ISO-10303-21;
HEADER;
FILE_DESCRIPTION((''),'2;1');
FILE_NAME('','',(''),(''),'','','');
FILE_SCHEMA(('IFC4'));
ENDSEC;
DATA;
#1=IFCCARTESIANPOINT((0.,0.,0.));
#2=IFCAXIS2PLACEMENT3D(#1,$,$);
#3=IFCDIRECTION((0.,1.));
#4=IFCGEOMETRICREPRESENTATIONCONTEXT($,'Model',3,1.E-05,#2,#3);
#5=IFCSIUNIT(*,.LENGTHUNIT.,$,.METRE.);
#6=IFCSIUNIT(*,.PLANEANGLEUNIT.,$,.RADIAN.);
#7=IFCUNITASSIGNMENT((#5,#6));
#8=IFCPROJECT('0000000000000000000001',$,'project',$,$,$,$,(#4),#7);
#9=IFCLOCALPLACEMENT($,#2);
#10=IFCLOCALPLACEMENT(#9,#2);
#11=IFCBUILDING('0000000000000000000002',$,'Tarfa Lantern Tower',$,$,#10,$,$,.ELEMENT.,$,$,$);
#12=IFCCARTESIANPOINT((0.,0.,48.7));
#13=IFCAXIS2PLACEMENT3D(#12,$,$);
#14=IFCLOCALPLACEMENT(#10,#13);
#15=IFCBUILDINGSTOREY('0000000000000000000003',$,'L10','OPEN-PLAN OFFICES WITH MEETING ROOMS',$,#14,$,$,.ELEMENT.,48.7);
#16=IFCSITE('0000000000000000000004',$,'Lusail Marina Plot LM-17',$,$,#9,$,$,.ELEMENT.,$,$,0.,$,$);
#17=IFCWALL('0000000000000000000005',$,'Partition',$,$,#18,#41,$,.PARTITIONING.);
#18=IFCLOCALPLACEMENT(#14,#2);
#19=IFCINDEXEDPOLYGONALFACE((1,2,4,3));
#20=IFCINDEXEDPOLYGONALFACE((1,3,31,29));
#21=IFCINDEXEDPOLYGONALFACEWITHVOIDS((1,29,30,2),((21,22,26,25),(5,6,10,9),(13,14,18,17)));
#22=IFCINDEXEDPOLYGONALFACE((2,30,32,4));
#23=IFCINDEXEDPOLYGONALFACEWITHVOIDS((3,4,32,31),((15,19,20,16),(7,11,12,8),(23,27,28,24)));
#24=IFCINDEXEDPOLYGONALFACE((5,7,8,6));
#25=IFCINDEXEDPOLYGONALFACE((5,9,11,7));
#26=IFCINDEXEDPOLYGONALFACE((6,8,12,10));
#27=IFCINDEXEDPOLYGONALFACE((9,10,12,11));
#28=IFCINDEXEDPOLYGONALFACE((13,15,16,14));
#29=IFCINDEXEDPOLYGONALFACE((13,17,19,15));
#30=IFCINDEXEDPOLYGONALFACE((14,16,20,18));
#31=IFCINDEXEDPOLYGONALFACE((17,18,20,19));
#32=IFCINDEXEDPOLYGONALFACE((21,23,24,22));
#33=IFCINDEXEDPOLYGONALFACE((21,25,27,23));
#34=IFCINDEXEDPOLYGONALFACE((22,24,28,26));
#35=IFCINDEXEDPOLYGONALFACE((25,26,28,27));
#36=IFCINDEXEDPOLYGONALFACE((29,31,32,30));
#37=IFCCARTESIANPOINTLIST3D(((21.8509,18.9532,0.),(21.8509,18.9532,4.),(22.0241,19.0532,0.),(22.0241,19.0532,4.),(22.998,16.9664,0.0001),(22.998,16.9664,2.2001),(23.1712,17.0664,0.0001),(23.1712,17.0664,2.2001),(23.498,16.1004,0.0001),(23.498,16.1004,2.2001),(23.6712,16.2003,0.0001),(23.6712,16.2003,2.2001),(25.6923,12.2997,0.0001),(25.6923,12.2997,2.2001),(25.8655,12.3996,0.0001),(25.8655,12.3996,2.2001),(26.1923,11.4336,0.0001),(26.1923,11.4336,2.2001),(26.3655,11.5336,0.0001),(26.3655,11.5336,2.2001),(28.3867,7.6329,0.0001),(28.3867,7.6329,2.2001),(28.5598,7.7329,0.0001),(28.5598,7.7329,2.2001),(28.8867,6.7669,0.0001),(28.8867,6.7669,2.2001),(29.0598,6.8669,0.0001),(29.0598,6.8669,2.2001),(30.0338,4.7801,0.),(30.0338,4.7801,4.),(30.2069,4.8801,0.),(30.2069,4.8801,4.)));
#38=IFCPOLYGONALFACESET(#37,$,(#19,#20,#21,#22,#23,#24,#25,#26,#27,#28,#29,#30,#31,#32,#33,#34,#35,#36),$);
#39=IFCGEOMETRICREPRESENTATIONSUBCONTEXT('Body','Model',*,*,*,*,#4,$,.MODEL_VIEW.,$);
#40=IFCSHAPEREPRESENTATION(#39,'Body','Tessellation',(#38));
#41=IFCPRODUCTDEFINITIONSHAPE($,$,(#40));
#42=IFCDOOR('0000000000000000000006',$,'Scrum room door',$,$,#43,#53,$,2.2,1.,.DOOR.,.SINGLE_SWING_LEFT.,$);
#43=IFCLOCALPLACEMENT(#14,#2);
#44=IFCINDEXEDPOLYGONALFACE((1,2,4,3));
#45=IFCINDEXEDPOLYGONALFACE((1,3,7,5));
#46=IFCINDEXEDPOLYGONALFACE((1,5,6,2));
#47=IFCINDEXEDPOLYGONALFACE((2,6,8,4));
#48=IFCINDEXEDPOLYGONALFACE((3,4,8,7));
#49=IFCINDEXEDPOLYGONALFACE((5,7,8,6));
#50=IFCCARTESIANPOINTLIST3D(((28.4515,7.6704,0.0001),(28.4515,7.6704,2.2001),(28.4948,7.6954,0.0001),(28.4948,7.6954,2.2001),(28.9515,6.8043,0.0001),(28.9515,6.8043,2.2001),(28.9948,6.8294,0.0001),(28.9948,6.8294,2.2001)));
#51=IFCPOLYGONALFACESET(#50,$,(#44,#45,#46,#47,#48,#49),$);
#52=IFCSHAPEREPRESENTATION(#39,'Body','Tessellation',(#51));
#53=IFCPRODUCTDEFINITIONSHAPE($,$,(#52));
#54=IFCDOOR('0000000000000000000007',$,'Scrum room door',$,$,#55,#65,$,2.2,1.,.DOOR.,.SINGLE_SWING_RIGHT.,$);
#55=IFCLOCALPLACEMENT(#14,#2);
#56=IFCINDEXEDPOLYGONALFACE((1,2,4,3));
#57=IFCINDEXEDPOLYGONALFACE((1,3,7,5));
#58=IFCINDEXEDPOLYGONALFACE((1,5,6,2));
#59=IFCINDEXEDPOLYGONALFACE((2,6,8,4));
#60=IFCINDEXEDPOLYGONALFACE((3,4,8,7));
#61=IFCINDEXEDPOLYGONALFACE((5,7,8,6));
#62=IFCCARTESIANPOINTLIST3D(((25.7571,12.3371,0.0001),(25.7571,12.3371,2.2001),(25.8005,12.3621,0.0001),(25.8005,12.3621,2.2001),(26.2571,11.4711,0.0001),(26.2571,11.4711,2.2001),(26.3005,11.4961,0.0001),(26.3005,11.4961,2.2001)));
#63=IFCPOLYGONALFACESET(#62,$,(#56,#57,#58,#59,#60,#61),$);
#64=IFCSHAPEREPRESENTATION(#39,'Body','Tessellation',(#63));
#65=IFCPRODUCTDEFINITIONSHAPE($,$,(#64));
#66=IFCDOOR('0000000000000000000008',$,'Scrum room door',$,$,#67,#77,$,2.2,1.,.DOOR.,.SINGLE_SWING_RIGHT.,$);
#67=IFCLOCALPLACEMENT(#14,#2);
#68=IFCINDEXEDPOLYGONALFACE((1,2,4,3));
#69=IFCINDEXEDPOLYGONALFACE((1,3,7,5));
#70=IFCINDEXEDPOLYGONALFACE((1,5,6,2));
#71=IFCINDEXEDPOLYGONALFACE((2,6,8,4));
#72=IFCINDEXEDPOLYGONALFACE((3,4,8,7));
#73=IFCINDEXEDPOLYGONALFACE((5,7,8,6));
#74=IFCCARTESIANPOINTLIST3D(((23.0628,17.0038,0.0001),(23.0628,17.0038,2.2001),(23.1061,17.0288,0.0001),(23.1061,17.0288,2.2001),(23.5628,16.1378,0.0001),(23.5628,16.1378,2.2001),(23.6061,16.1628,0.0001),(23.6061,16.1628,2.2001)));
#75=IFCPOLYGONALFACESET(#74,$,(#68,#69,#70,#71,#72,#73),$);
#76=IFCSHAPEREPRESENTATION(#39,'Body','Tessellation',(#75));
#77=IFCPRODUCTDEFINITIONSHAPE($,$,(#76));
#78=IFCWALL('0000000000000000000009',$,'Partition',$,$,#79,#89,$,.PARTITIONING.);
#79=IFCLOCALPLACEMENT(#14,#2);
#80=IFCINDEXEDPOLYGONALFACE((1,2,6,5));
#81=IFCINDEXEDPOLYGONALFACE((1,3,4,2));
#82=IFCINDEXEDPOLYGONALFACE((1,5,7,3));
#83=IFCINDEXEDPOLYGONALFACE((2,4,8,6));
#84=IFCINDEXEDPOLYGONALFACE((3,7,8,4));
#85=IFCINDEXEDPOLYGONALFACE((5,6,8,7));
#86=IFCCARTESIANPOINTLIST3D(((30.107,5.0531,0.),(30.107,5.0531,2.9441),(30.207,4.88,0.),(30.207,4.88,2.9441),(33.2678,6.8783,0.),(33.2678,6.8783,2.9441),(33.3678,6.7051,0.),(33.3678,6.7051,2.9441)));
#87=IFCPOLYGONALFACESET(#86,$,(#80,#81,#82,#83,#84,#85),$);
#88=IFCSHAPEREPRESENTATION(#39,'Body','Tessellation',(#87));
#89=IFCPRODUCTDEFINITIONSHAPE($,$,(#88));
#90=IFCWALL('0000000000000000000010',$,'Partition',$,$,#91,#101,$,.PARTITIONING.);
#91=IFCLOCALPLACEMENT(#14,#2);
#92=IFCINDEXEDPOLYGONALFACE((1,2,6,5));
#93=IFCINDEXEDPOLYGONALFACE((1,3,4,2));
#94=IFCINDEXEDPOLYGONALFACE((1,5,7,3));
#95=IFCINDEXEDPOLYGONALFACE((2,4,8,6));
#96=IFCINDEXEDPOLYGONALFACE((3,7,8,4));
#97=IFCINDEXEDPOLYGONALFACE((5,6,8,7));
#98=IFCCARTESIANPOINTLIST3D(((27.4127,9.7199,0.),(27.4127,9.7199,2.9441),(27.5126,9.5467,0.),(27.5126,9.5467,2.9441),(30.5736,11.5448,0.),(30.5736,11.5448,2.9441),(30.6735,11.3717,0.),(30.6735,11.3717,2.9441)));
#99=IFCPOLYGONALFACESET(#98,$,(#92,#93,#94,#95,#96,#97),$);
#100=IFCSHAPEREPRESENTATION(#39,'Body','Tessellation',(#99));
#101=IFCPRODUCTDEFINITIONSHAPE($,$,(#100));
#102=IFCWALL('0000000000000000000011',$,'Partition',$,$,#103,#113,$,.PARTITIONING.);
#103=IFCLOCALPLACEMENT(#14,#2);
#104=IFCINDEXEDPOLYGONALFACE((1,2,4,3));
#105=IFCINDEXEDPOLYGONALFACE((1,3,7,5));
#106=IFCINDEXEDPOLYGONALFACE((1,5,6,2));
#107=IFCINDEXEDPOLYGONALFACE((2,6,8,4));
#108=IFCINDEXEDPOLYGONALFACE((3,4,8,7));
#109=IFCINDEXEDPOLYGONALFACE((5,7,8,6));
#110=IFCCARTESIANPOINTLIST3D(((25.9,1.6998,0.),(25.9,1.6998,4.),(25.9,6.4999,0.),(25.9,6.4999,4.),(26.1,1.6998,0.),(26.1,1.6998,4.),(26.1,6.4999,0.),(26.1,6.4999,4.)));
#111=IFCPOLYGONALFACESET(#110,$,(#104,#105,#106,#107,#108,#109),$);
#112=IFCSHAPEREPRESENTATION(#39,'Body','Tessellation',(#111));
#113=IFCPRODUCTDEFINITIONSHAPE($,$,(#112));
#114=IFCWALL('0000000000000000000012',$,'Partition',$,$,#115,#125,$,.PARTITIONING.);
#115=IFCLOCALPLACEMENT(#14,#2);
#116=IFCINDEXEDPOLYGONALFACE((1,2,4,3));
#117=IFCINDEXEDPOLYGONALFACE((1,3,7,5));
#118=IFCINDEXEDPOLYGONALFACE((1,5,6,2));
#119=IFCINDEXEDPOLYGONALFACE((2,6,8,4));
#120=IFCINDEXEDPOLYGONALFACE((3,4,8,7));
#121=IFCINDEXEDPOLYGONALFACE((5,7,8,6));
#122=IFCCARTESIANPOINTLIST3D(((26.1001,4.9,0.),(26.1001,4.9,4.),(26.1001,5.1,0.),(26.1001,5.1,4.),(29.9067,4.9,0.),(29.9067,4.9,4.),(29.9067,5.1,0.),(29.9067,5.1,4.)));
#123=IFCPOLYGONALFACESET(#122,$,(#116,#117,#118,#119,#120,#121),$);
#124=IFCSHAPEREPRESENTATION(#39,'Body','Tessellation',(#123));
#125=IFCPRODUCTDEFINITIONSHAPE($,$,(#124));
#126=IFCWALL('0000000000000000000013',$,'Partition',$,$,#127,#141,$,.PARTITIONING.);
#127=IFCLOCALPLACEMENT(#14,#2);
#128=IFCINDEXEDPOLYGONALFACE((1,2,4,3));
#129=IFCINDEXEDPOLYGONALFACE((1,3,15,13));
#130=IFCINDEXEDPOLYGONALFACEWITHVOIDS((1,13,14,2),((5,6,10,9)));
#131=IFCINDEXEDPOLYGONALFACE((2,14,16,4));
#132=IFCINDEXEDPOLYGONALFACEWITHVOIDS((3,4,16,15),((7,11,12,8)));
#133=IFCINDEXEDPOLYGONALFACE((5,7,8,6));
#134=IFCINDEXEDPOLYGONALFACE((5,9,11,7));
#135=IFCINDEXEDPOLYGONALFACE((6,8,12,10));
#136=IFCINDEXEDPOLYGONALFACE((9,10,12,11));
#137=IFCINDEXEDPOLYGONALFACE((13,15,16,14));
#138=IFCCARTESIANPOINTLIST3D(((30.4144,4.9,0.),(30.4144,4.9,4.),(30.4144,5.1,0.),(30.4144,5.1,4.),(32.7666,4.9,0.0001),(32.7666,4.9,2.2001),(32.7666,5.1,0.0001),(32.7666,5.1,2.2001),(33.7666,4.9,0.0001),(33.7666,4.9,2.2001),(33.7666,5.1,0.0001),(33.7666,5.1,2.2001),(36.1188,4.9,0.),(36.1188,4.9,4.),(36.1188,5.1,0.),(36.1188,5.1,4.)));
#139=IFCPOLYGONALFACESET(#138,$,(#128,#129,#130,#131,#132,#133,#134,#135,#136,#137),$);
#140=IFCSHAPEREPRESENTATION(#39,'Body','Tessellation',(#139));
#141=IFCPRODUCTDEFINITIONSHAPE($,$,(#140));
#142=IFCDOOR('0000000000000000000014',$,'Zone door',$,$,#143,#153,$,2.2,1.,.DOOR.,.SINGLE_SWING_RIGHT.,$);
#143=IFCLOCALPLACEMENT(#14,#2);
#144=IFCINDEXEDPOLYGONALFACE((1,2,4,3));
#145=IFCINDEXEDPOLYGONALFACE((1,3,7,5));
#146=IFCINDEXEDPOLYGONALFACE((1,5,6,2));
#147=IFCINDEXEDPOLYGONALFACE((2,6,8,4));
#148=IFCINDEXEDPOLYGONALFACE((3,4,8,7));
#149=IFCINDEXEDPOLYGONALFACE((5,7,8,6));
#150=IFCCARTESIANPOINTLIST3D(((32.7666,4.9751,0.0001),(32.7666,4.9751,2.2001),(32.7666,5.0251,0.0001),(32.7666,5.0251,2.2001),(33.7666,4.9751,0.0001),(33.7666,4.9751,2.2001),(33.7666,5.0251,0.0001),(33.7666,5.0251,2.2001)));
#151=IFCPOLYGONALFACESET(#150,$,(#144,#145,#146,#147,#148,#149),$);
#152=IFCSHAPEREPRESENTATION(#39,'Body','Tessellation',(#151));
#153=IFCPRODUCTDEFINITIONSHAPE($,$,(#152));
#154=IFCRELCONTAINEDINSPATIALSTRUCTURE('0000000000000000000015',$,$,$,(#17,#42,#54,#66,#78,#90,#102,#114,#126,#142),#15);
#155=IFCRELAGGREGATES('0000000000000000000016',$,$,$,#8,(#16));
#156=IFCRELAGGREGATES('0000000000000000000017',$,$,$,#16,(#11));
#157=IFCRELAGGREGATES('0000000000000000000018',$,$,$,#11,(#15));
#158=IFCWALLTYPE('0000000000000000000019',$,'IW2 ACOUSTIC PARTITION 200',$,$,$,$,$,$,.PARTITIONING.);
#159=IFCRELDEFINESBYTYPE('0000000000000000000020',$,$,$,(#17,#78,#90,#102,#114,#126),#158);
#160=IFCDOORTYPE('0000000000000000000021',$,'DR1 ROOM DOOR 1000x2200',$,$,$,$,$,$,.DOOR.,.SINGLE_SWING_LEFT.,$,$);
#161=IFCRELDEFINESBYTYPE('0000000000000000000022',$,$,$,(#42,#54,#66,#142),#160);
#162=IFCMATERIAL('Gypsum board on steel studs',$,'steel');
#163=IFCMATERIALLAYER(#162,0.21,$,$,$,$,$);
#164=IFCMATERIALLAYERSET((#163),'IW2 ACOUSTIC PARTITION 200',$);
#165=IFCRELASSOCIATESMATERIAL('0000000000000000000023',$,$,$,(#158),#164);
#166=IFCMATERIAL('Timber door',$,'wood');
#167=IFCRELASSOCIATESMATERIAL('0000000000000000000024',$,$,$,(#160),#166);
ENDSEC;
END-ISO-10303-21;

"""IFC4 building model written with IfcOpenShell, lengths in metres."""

from ifc_helpers import new_model, si_unit, direction, frame, frame_2d, origin, place, context, subcontext, project, spatial, rectangle, extrude, material, layer, layer_set, type_object, element, fill, save


model = new_model("IFC4")

# Units and contexts
model_context = context("Model", 3, precision=1e-05, world=origin(), true_north=direction((0.0, 1.0)))
body_context = subcontext(model_context, "Body", "Model", "MODEL_VIEW")
ifc_project = project(units=[si_unit("LENGTHUNIT", "METRE"), si_unit("PLANEANGLEUNIT", "RADIAN")], contexts=[model_context])

# Site, building, storey
site_placement = place(None, origin())
site = spatial("IfcSite", under=ifc_project, at=site_placement, Name="Lusail Marina Plot LM-17", CompositionType="ELEMENT", RefElevation=0.0)
building_placement = place(site_placement, origin())
building = spatial("IfcBuilding", under=site, at=building_placement, Name="Tarfa Lantern Tower", CompositionType="ELEMENT")
storey_placement = place(building_placement, frame((0.0, 0.0, 48.7)))
storey = spatial("IfcBuildingStorey", under=building, at=storey_placement, Name="L10", Description="OPEN-PLAN OFFICES WITH MEETING ROOMS", CompositionType="ELEMENT", Elevation=48.7)

# Wall, openings, doors
ifc_material_1 = material(Name="Gypsum board on steel studs", Category="steel")
ifc_layer_1 = layer(ifc_material_1, 0.21)
ifc_layer_set_1 = layer_set([ifc_layer_1], Name="IW2 ACOUSTIC PARTITION 200")
wall_type = type_object("IfcWallType", Name="IW2 ACOUSTIC PARTITION 200", PredefinedType="PARTITIONING", material=ifc_layer_set_1)
wall_1_placement = place(storey_placement, frame((30.1204, 4.8301, 0.0), z_axis=(0.0, 0.0, 1.0), x_axis=(-0.500001, 0.866025, 0.0)))
wall_1 = element("IfcWall", 1, at=wall_1_placement, inside=storey, type_object=wall_type, Name="Partition", PredefinedType="PARTITIONING", context=body_context, shape_type="SweptSolid", body=[
    extrude(rectangle(XDim=16.3657, YDim=0.2, at=frame_2d((8.1829, 0.0))), origin(), (0.0, 0.0, 1.0), 4.0),
])
opening_1_placement = place(wall_1_placement, frame((2.2942, 0.0, 0.0)))
opening_1 = element("IfcOpeningElement", 2, at=opening_1_placement, cuts=wall_1, PredefinedType="OPENING", context=body_context, shape_type="SweptSolid", body=[
    extrude(rectangle(XDim=1.0, YDim=2.2, at=frame_2d((0.5, 1.1001))), frame((0.0, 0.1099, 0.0), z_axis=(0.0, -1.0, 0.0), x_axis=(1.0, 0.0, 0.0)), (0.0, 0.0, 1.0), 0.22),
])
opening_2_placement = place(wall_1_placement, frame((7.6829, 0.0, 0.0)))
opening_2 = element("IfcOpeningElement", 3, at=opening_2_placement, cuts=wall_1, PredefinedType="OPENING", context=body_context, shape_type="SweptSolid", body=[
    extrude(rectangle(XDim=1.0, YDim=2.2, at=frame_2d((0.5, 1.1001))), frame((0.0, 0.1099, 0.0), z_axis=(0.0, -1.0, 0.0), x_axis=(1.0, 0.0, 0.0)), (0.0, 0.0, 1.0), 0.22),
])
opening_3_placement = place(wall_1_placement, frame((13.0715, 0.0, 0.0)))
opening_3 = element("IfcOpeningElement", 4, at=opening_3_placement, cuts=wall_1, PredefinedType="OPENING", context=body_context, shape_type="SweptSolid", body=[
    extrude(rectangle(XDim=1.0, YDim=2.2, at=frame_2d((0.5, 1.1001))), frame((0.0, 0.1099, 0.0), z_axis=(0.0, -1.0, 0.0), x_axis=(1.0, 0.0, 0.0)), (0.0, 0.0, 1.0), 0.22),
])
ifc_material_2 = material(Name="Timber door", Category="wood")
door_type = type_object("IfcDoorType", Name="DR1 ROOM DOOR 1000x2200", OperationType="SINGLE_SWING_LEFT", PredefinedType="DOOR", material=ifc_material_2)
door_1_placement = place(opening_1_placement, frame((1.0, 0.0, 0.0), z_axis=(0.0, 0.0, 1.0), x_axis=(-1.0, 0.0, 0.0)))
door_1 = element("IfcDoor", 5, at=door_1_placement, inside=storey, type_object=door_type, Name="Scrum room door", OperationType="SINGLE_SWING_LEFT", OverallHeight=2.2, OverallWidth=1.0, PredefinedType="DOOR", context=body_context, shape_type="SweptSolid", body=[
    extrude(rectangle(XDim=1.0, YDim=2.2, at=frame_2d((0.5, 1.1001))), frame((0.0, 0.0249, 0.0), z_axis=(0.0, -1.0, 0.0), x_axis=(1.0, 0.0, 0.0)), (0.0, 0.0, 1.0), 0.05),
])
fill(opening_1, door_1)
door_2_placement = place(opening_2_placement, frame((1.0, 0.0, 0.0), z_axis=(0.0, 0.0, 1.0), x_axis=(-1.0, 0.0, 0.0)))
door_2 = element("IfcDoor", 6, at=door_2_placement, inside=storey, type_object=door_type, Name="Scrum room door", OperationType="SINGLE_SWING_RIGHT", OverallHeight=2.2, OverallWidth=1.0, PredefinedType="DOOR", context=body_context, shape_type="SweptSolid", body=[
    extrude(rectangle(XDim=1.0, YDim=2.2, at=frame_2d((0.5, 1.1001))), frame((0.0, 0.0249, 0.0), z_axis=(0.0, -1.0, 0.0), x_axis=(1.0, 0.0, 0.0)), (0.0, 0.0, 1.0), 0.05),
])
fill(opening_2, door_2)
door_3_placement = place(opening_3_placement, frame((1.0, 0.0, 0.0), z_axis=(0.0, 0.0, 1.0), x_axis=(-1.0, 0.0, 0.0)))
door_3 = element("IfcDoor", 7, at=door_3_placement, inside=storey, type_object=door_type, Name="Scrum room door", OperationType="SINGLE_SWING_RIGHT", OverallHeight=2.2, OverallWidth=1.0, PredefinedType="DOOR", context=body_context, shape_type="SweptSolid", body=[
    extrude(rectangle(XDim=1.0, YDim=2.2, at=frame_2d((0.5, 1.1001))), frame((0.0, 0.0249, 0.0), z_axis=(0.0, -1.0, 0.0), x_axis=(1.0, 0.0, 0.0)), (0.0, 0.0, 1.0), 0.05),
])
fill(opening_3, door_3)

# Walls
for number, where, z_axis, x_axis, name in (
    (8, (30.157, 4.9666, 0.0), (0.0, 0.0, 1.0), (0.865995, 0.500052, 0.0), "Partition"),
    (9, (27.4626, 9.6333, 0.0), (0.0, 0.0, 1.0), (0.866024, 0.500002, 0.0), "Partition"),
):
    element("IfcWall", number, at=place(storey_placement, frame(where, z_axis=z_axis, x_axis=x_axis)), inside=storey, type_object=wall_type, Name=name, PredefinedType="PARTITIONING", context=body_context, shape_type="SweptSolid", body=[
        extrude(rectangle(XDim=3.6499, YDim=0.2, at=frame_2d((1.825, 0.0))), origin(), (0.0, 0.0, 1.0), 2.9441),
    ])
wall_2_placement = place(storey_placement, frame((26.0, 1.7, 0.0), z_axis=(0.0, 0.0, 1.0), x_axis=(0.0, 1.0, 0.0)))
element("IfcWall", 10, at=wall_2_placement, inside=storey, type_object=wall_type, Name="Partition", PredefinedType="PARTITIONING", context=body_context, shape_type="SweptSolid", body=[
    extrude(rectangle(XDim=4.8, YDim=0.2, at=frame_2d((2.3999, 0.0))), origin(), (0.0, 0.0, 1.0), 4.0),
])
wall_3_placement = place(storey_placement, frame((26.1001, 5.0, 0.0), z_axis=(0.0, 0.0, 1.0), x_axis=(1.0, 0.0, 0.0)))
element("IfcWall", 11, at=wall_3_placement, inside=storey, type_object=wall_type, Name="Partition", PredefinedType="PARTITIONING", context=body_context, shape_type="SweptSolid", body=[
    extrude(rectangle(XDim=3.8066, YDim=0.2, at=frame_2d((1.9033, 0.0))), origin(), (0.0, 0.0, 1.0), 4.0),
])

# Wall, opening, door
wall_4_placement = place(storey_placement, frame((30.4146, 5.0, 0.0), z_axis=(0.0, 0.0, 1.0), x_axis=(1.0, 0.0, 0.0)))
wall_4 = element("IfcWall", 12, at=wall_4_placement, inside=storey, type_object=wall_type, Name="Partition", PredefinedType="PARTITIONING", context=body_context, shape_type="SweptSolid", body=[
    extrude(rectangle(XDim=5.7043, YDim=0.2, at=frame_2d((2.8521, 0.0))), origin(), (0.0, 0.0, 1.0), 4.0),
])
opening_4_placement = place(wall_4_placement, frame((2.3521, 0.0, 0.0)))
opening_4 = element("IfcOpeningElement", 13, at=opening_4_placement, cuts=wall_4, PredefinedType="OPENING", context=body_context, shape_type="SweptSolid", body=[
    extrude(rectangle(XDim=1.0, YDim=2.2, at=frame_2d((0.5, 1.1001))), frame((0.0, 0.1099, 0.0), z_axis=(0.0, -1.0, 0.0), x_axis=(1.0, 0.0, 0.0)), (0.0, 0.0, 1.0), 0.22),
])
door_4_placement = place(opening_4_placement, frame((1.0, 0.0, 0.0), z_axis=(0.0, 0.0, 1.0), x_axis=(-1.0, 0.0, 0.0)))
door_4 = element("IfcDoor", 14, at=door_4_placement, inside=storey, type_object=door_type, Name="Zone door", OperationType="SINGLE_SWING_RIGHT", OverallHeight=2.2, OverallWidth=1.0, PredefinedType="DOOR", context=body_context, shape_type="SweptSolid", body=[
    extrude(rectangle(XDim=1.0, YDim=2.2, at=frame_2d((0.5, 1.1001))), frame((0.0, 0.0249, 0.0), z_axis=(0.0, -1.0, 0.0), x_axis=(1.0, 0.0, 0.0)), (0.0, 0.0, 1.0), 0.05),
])
fill(opening_4, door_4)

save(model, "model.ifc")
